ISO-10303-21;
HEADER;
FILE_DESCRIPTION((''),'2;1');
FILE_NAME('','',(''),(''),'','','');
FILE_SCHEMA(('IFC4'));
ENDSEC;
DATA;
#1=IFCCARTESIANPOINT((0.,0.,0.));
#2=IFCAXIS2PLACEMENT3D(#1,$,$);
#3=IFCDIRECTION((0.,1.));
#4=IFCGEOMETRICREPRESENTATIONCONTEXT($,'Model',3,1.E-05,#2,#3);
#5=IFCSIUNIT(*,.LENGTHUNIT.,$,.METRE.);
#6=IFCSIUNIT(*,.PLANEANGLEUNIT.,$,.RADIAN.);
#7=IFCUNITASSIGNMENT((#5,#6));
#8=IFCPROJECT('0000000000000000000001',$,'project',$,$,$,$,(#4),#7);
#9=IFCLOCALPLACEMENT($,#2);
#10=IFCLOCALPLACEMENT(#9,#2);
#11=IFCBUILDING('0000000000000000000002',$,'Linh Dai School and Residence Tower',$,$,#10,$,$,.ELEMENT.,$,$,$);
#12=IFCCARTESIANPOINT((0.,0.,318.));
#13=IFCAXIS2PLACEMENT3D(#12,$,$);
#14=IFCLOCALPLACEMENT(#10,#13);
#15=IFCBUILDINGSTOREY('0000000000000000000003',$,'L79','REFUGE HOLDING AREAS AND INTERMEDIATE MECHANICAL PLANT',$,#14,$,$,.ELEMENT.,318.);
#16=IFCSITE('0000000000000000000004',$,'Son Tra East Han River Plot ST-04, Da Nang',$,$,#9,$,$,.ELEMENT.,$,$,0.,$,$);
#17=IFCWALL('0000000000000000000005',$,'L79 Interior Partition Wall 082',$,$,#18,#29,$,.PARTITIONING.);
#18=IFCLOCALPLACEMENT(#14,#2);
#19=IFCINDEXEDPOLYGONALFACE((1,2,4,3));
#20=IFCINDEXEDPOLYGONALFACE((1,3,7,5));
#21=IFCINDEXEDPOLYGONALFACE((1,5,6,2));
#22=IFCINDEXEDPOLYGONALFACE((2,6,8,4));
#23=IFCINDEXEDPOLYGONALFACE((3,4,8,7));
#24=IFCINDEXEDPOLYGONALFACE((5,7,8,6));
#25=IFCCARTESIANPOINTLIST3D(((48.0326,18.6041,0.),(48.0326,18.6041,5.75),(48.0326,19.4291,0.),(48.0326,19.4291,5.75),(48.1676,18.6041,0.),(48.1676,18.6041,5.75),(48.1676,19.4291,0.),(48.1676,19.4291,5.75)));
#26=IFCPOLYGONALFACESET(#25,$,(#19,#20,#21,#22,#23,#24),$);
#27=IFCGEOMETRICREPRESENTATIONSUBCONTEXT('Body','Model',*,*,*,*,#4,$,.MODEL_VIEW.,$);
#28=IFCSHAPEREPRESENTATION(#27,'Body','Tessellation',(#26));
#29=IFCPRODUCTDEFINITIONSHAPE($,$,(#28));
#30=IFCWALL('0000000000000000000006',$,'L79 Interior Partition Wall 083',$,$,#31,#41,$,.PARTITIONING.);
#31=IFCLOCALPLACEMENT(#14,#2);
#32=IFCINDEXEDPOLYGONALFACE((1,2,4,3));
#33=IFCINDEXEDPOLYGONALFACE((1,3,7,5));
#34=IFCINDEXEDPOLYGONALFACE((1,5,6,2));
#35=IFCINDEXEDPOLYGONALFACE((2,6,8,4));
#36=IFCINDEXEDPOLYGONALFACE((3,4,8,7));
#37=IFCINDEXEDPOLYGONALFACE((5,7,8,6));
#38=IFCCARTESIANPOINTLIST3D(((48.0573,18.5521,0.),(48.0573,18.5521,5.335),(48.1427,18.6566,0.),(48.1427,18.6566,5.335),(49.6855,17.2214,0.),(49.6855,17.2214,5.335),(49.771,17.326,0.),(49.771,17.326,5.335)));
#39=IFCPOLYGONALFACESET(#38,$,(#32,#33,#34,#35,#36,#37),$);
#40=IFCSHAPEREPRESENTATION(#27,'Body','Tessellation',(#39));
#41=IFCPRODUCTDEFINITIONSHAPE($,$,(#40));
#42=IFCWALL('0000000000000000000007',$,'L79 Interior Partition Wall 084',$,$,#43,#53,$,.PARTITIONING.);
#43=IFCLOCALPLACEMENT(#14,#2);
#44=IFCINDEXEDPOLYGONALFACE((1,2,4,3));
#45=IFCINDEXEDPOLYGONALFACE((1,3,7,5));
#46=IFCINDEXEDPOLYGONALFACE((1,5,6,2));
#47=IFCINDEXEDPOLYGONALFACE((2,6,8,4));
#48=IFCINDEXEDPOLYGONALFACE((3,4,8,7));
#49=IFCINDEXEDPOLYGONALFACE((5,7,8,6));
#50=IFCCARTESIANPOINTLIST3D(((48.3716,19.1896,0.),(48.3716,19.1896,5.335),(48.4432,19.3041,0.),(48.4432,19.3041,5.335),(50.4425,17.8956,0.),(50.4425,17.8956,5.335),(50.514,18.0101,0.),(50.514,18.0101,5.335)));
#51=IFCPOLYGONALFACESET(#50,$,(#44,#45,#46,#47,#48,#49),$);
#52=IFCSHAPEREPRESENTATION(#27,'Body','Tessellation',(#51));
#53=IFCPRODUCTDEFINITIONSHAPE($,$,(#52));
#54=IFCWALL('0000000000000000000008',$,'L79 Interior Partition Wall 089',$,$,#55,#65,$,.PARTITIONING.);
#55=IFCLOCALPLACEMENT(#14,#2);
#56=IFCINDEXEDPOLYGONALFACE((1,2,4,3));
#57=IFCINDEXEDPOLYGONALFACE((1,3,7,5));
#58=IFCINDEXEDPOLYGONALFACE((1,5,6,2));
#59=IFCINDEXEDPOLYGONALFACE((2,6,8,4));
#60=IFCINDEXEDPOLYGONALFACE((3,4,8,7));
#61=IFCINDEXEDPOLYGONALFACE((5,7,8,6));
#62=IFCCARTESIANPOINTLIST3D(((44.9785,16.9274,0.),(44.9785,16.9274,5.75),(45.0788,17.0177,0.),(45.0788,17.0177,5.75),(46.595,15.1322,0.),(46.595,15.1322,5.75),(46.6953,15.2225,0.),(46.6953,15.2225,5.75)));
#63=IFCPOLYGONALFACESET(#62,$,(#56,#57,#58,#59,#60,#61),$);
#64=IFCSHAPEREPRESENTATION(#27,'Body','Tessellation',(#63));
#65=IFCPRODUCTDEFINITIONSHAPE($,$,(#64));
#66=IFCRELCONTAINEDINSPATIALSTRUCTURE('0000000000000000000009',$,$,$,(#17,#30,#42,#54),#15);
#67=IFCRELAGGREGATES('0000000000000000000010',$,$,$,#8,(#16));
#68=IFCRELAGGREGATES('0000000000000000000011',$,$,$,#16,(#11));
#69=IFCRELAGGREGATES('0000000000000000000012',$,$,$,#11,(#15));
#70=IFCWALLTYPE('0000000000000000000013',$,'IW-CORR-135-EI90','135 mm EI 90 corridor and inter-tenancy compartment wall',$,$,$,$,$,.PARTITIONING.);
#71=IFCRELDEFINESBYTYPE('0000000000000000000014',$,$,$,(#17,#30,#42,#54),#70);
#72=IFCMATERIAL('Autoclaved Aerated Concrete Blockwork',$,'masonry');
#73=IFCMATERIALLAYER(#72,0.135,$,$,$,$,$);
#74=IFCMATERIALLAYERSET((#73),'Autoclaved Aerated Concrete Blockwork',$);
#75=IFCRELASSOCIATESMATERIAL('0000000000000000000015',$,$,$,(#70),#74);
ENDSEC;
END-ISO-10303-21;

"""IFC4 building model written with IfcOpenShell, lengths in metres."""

from ifc_helpers import new_model, si_unit, direction, frame, frame_2d, origin, place, context, subcontext, project, spatial, rectangle, extrude, material, layer, layer_set, type_object, element, save


model = new_model("IFC4")

# Units and contexts
model_context = context("Model", 3, precision=1e-05, world=origin(), true_north=direction((0.0, 1.0)))
body_context = subcontext(model_context, "Body", "Model", "MODEL_VIEW")
ifc_project = project(units=[si_unit("LENGTHUNIT", "METRE"), si_unit("PLANEANGLEUNIT", "RADIAN")], contexts=[model_context])

# Site, building, storey
site_placement = place(None, origin())
site = spatial("IfcSite", under=ifc_project, at=site_placement, Name="Son Tra East Han River Plot ST-04, Da Nang", CompositionType="ELEMENT", RefElevation=0.0)
building_placement = place(site_placement, origin())
building = spatial("IfcBuilding", under=site, at=building_placement, Name="Linh Dai School and Residence Tower", CompositionType="ELEMENT")
storey_placement = place(building_placement, frame((0.0, 0.0, 318.0)))
storey = spatial("IfcBuildingStorey", under=building, at=storey_placement, Name="L79", Description="REFUGE HOLDING AREAS AND INTERMEDIATE MECHANICAL PLANT", CompositionType="ELEMENT", Elevation=318.0)

# Shared definitions
ifc_material_1 = material(Name="Autoclaved Aerated Concrete Blockwork", Category="masonry")
ifc_layer_1 = layer(ifc_material_1, 0.135)
ifc_layer_set_1 = layer_set([ifc_layer_1], Name="Autoclaved Aerated Concrete Blockwork")
wall_type_1 = type_object("IfcWallType", Name="IW-CORR-135-EI90", Description="135 mm EI 90 corridor and inter-tenancy compartment wall", PredefinedType="PARTITIONING", material=ifc_layer_set_1)

# Walls
wall_1_placement = place(storey_placement, frame((48.1001, 19.4292, 0.0), z_axis=(0.0, 0.0, 1.0), x_axis=(0.0, -1.0, 0.0)))
element("IfcWall", 1, at=wall_1_placement, inside=storey, type_object=wall_type_1, Name="L79 Interior Partition Wall 082", PredefinedType="PARTITIONING", context=body_context, shape_type="SweptSolid", body=[
    extrude(rectangle(XDim=0.825, YDim=0.135, at=frame_2d((0.4126, 0.0))), origin(), (0.0, 0.0, 1.0), 5.75),
])
wall_2_placement = place(storey_placement, frame((48.1001, 18.6042, 0.0), z_axis=(0.0, 0.0, 1.0), x_axis=(0.774324, -0.632789, 0.0)))
element("IfcWall", 2, at=wall_2_placement, inside=storey, type_object=wall_type_1, Name="L79 Interior Partition Wall 083", PredefinedType="PARTITIONING", context=body_context, shape_type="SweptSolid", body=[
    extrude(rectangle(XDim=2.1028, YDim=0.135, at=frame_2d((1.0513, 0.0))), origin(), (0.0, 0.0, 1.0), 5.335),
])
wall_3_placement = place(storey_placement, frame((50.4783, 17.9529, 0.0), z_axis=(0.0, 0.0, 1.0), x_axis=(-0.848054, 0.529909, 0.0)))
element("IfcWall", 3, at=wall_3_placement, inside=storey, type_object=wall_type_1, Name="L79 Interior Partition Wall 084", PredefinedType="PARTITIONING", context=body_context, shape_type="SweptSolid", body=[
    extrude(rectangle(XDim=2.4419, YDim=0.135, at=frame_2d((1.2209, 0.0))), origin(), (0.0, 0.0, 1.0), 5.335),
])
wall_4_placement = place(storey_placement, frame((46.6453, 15.1772, 0.0), z_axis=(0.0, 0.0, 1.0), x_axis=(-0.669149, 0.743128, 0.0)))
element("IfcWall", 4, at=wall_4_placement, inside=storey, type_object=wall_type_1, Name="L79 Interior Partition Wall 089", PredefinedType="PARTITIONING", context=body_context, shape_type="SweptSolid", body=[
    extrude(rectangle(XDim=2.4158, YDim=0.135, at=frame_2d((1.208, 0.0))), origin(), (0.0, 0.0, 1.0), 5.75),
])

save(model, "model.ifc")
